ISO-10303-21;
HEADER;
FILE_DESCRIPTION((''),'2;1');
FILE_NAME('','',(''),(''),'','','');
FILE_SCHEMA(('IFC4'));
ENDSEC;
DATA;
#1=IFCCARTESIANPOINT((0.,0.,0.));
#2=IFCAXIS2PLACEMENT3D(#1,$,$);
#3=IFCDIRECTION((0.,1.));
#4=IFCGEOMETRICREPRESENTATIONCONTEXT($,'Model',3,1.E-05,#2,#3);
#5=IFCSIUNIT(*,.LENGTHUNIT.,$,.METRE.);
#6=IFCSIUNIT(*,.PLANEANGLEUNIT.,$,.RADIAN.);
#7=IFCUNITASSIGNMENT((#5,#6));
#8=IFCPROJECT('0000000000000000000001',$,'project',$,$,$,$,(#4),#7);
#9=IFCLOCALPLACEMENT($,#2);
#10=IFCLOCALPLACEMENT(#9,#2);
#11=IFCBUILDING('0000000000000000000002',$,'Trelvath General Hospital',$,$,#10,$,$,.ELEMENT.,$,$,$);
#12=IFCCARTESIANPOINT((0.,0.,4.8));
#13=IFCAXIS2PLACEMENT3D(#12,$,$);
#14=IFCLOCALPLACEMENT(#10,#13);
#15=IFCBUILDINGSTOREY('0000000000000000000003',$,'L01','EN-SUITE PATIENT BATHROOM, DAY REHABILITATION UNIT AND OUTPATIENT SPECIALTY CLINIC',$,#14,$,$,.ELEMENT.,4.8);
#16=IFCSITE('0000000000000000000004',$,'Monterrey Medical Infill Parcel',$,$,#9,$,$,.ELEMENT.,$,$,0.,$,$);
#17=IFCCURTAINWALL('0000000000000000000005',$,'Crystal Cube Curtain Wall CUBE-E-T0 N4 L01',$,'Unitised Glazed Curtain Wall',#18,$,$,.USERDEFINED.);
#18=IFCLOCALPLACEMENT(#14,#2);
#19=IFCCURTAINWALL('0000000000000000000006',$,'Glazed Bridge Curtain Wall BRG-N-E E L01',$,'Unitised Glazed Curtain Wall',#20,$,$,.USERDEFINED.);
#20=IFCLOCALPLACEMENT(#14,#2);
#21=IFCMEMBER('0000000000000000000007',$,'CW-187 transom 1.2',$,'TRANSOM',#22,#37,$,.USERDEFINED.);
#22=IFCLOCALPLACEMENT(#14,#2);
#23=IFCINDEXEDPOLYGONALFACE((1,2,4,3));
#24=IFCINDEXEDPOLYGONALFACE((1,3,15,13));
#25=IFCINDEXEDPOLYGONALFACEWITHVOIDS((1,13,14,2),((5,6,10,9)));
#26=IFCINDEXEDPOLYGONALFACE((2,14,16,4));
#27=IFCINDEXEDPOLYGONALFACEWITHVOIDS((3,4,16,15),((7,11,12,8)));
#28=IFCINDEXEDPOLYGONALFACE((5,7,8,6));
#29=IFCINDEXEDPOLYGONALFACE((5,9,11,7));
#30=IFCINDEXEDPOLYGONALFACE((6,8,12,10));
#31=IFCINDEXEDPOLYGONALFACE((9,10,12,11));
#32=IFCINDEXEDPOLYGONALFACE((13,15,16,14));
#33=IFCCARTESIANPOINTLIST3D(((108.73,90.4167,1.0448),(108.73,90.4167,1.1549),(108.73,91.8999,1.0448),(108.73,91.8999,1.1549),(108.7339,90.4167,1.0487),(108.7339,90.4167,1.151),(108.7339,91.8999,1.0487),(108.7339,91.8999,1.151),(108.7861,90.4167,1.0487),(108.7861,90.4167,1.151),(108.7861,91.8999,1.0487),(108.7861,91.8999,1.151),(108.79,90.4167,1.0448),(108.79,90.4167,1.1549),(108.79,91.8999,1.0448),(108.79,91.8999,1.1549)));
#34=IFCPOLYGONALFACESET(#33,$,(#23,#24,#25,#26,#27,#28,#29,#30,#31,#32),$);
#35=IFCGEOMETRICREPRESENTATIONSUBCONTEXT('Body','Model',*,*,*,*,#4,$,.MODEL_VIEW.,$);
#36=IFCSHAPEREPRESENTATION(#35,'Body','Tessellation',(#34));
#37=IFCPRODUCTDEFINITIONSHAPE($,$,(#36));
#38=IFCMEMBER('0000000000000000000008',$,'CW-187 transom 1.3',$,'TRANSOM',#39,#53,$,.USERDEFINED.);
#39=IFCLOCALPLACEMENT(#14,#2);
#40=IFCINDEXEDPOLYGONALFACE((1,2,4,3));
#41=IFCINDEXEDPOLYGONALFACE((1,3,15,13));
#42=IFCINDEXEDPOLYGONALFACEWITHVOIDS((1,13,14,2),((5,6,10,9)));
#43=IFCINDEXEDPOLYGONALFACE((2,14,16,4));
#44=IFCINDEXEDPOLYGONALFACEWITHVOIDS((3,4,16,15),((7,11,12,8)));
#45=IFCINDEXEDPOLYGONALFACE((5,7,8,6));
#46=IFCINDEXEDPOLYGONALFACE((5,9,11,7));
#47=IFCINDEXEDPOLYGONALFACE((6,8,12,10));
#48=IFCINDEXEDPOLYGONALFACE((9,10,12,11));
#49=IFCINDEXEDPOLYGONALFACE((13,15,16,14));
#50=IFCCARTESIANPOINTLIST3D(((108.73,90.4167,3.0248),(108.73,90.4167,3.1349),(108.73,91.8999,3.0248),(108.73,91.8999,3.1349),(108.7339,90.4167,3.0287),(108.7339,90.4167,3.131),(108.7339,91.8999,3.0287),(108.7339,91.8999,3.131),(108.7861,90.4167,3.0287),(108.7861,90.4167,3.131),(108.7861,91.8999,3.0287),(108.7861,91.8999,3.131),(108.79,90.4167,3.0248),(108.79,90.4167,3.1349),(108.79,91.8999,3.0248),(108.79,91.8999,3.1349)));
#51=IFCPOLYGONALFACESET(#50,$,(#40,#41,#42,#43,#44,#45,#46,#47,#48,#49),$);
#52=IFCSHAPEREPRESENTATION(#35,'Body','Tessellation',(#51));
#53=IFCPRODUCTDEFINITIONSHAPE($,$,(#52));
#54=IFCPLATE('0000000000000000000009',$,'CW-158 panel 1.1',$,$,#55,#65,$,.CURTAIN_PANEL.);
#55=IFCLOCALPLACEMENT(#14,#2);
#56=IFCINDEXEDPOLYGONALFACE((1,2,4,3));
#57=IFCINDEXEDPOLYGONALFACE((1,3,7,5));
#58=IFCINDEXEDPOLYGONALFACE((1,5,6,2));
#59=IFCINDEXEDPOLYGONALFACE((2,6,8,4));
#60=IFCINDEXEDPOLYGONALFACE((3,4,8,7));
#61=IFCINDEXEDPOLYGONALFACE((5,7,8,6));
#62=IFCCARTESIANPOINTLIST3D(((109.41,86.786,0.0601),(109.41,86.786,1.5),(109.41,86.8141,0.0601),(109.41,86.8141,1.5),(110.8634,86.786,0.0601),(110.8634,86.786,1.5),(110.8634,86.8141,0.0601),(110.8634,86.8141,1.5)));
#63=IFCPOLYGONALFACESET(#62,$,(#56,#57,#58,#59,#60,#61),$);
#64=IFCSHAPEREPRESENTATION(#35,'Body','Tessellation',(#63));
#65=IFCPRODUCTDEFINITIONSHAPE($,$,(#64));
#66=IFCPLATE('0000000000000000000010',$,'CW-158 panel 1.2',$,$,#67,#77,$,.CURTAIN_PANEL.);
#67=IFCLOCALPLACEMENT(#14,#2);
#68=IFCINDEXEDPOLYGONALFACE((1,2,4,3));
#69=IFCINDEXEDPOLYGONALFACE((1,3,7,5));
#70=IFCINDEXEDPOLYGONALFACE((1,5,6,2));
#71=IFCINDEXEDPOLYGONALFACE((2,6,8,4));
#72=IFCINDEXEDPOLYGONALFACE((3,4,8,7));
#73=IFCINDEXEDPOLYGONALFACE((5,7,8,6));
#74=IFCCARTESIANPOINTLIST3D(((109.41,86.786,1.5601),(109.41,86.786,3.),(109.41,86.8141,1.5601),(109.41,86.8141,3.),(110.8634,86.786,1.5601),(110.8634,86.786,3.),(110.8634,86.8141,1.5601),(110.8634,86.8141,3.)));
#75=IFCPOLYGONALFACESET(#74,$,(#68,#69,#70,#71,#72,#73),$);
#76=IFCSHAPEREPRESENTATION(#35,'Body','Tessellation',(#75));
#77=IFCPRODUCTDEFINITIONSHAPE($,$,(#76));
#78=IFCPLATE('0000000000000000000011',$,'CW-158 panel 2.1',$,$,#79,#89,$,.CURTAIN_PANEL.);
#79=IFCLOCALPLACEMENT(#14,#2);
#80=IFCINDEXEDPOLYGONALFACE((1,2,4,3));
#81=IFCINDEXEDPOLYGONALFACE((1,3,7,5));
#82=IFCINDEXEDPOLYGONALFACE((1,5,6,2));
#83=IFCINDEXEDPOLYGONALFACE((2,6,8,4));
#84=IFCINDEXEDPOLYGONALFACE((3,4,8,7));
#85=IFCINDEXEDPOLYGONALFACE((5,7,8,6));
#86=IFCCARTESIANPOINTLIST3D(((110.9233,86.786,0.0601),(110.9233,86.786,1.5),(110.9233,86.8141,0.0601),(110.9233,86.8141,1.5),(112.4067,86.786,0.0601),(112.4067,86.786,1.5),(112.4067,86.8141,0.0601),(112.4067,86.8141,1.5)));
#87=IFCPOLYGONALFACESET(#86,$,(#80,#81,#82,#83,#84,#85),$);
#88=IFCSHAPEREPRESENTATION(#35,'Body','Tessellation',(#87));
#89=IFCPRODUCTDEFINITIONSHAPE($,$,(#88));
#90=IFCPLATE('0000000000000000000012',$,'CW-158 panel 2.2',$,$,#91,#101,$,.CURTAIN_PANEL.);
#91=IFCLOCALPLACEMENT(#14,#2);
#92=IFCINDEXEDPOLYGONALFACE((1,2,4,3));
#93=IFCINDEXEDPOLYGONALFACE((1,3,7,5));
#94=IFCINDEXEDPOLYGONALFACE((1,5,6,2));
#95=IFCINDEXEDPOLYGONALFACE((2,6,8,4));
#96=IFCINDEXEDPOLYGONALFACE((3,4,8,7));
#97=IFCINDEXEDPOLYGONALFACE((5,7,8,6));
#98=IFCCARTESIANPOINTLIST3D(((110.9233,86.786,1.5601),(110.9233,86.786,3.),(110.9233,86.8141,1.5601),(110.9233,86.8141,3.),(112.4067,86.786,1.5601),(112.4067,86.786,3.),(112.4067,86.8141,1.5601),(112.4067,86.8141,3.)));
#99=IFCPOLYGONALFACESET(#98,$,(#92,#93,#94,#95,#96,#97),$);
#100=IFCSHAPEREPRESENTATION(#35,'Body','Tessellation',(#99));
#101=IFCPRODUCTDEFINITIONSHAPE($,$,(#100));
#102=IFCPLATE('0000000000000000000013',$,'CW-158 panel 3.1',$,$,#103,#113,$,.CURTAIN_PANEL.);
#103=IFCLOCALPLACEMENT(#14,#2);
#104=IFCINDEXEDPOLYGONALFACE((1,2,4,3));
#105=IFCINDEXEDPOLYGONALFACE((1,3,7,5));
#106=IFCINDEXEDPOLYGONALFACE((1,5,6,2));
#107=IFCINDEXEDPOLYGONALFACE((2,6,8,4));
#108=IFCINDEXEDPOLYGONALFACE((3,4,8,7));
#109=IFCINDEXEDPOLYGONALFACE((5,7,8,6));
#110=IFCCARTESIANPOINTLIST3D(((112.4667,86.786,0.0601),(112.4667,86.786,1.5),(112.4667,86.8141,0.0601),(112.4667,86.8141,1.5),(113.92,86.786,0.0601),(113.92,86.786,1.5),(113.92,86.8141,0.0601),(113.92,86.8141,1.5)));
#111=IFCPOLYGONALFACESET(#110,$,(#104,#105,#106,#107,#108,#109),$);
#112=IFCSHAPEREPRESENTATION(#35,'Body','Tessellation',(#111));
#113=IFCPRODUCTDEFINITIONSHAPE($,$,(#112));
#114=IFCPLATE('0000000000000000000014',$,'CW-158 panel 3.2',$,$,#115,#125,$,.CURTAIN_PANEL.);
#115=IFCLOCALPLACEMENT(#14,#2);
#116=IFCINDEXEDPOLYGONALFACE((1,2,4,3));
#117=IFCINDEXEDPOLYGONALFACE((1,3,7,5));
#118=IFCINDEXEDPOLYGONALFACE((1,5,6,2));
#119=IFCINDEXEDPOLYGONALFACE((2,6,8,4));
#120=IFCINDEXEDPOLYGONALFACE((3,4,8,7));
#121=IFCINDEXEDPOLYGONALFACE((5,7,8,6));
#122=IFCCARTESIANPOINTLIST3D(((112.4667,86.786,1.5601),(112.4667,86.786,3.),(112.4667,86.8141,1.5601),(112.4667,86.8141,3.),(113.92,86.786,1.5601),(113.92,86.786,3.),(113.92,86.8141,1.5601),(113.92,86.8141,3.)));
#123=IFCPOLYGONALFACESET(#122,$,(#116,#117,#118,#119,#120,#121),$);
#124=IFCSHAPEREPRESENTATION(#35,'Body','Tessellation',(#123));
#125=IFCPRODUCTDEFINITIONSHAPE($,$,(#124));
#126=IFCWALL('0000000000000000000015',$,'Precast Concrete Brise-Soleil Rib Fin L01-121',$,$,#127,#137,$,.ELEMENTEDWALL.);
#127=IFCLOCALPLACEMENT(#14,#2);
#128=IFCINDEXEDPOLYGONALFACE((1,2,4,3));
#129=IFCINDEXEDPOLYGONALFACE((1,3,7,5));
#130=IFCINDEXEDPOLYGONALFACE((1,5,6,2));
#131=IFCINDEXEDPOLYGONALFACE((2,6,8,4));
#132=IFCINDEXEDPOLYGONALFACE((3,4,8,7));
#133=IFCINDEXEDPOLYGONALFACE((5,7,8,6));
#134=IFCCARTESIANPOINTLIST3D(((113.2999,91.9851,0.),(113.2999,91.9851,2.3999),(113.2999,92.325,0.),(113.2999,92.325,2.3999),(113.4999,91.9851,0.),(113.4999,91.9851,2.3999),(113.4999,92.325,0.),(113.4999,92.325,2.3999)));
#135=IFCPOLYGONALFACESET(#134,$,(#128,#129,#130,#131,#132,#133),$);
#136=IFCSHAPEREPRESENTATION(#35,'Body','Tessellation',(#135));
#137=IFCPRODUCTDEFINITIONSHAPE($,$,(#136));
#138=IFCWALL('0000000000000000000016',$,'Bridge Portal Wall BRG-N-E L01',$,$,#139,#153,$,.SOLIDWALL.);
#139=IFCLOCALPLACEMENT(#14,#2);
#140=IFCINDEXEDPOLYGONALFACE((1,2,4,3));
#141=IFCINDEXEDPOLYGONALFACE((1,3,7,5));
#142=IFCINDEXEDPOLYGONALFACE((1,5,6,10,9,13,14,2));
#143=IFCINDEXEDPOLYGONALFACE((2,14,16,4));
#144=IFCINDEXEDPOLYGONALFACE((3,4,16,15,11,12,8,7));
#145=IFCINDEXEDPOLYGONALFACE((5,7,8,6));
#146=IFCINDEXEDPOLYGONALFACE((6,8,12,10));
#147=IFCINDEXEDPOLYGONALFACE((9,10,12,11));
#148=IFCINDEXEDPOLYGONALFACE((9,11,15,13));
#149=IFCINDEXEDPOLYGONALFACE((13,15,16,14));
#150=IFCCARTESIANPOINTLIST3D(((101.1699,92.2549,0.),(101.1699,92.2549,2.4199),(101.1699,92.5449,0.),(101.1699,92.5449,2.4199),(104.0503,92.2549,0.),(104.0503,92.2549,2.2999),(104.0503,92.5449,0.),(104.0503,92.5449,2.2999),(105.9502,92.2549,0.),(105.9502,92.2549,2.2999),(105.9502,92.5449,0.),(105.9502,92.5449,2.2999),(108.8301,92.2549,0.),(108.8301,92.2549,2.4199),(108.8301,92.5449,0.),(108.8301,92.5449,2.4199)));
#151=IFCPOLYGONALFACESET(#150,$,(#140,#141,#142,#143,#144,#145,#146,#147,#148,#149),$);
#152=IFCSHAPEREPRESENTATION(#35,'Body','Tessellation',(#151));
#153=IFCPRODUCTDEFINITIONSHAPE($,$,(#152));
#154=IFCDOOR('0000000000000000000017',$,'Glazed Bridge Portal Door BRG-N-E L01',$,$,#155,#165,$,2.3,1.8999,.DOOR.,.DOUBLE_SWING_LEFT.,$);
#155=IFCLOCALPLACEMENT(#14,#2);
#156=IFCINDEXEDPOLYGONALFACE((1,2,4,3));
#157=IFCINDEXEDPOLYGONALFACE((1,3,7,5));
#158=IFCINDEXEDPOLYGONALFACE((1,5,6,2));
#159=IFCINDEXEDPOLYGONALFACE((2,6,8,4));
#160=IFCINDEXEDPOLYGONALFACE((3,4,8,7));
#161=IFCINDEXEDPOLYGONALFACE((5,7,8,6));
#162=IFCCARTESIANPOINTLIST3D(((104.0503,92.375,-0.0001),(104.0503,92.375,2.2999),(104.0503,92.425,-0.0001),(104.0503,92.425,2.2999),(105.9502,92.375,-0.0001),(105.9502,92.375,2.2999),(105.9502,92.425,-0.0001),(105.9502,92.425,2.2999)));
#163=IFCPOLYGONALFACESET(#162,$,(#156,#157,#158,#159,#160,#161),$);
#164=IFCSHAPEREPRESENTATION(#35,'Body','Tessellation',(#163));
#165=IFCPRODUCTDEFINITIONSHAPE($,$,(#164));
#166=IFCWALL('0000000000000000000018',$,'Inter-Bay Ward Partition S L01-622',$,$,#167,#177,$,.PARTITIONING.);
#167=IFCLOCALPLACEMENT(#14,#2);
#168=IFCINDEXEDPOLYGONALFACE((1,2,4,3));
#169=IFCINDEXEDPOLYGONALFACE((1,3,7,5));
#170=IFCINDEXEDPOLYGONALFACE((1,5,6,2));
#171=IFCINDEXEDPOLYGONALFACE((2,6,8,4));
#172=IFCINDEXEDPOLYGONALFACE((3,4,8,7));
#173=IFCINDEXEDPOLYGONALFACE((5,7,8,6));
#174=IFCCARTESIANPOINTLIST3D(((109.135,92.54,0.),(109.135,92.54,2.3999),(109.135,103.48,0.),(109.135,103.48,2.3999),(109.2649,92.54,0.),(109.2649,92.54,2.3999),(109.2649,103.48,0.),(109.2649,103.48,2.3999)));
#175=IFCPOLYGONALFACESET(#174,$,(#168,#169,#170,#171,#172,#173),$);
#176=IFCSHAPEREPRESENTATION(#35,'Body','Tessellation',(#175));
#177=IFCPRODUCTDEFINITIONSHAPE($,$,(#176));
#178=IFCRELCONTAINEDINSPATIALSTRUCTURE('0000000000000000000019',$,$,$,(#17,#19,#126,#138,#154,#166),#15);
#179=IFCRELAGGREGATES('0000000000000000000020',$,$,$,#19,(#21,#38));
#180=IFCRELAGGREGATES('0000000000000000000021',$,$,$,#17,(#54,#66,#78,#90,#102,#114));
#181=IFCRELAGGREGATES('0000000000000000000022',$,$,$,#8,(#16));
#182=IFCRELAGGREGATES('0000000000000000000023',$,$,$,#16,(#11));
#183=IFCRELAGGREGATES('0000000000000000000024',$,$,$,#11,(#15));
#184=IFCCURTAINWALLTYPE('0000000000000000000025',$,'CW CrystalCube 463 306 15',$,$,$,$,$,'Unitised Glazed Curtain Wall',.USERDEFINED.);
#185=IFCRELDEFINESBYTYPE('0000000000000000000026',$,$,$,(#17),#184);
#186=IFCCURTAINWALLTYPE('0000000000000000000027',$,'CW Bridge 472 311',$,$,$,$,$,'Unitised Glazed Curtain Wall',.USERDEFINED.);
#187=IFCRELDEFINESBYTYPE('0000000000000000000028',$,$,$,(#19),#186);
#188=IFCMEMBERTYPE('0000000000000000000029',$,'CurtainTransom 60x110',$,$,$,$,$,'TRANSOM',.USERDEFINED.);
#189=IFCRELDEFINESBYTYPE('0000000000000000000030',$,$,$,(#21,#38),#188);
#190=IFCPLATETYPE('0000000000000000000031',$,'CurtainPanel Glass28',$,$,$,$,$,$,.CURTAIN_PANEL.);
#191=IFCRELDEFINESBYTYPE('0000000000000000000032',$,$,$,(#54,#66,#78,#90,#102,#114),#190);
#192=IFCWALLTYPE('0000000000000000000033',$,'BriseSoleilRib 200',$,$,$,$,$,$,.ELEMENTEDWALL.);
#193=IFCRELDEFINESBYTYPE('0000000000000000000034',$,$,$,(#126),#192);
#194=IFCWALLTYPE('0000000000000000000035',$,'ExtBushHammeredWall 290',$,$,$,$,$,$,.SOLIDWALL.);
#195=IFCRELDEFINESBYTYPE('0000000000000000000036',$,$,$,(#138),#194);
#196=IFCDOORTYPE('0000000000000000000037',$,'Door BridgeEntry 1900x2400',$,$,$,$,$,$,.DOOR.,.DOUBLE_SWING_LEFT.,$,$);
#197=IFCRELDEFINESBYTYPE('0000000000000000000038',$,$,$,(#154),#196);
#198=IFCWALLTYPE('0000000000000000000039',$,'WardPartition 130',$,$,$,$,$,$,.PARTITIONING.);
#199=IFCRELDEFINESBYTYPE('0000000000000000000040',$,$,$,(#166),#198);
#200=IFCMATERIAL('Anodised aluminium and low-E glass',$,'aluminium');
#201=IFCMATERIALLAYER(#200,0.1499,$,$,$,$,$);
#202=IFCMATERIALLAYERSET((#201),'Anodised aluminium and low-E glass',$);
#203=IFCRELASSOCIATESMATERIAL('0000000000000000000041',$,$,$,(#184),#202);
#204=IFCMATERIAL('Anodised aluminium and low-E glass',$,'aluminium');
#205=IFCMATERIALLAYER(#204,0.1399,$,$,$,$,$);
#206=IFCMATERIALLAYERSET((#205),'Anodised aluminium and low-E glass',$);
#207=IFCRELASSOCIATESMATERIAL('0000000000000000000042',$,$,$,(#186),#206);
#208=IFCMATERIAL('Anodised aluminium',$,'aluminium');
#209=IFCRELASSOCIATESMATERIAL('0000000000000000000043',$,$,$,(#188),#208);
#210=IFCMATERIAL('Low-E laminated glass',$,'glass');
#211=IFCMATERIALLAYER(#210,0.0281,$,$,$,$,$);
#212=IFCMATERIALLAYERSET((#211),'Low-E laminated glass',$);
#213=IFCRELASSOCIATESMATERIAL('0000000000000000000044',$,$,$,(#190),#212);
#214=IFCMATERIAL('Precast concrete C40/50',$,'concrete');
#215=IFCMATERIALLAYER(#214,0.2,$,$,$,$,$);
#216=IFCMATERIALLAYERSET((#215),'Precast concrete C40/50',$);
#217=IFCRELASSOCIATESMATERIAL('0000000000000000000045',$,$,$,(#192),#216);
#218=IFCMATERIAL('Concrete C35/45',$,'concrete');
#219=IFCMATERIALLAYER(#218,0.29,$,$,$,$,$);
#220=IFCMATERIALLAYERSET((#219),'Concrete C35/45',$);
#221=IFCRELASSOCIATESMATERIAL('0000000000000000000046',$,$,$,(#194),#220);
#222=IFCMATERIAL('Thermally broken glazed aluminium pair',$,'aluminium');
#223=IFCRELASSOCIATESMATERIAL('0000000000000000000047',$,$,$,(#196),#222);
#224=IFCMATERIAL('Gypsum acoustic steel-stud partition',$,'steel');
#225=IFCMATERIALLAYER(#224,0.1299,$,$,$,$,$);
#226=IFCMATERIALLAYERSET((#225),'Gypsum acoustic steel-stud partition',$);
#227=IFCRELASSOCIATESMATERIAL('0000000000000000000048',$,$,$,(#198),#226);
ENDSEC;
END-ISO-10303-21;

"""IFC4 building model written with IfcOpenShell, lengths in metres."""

from ifc_helpers import new_model, si_unit, direction, frame, frame_2d, origin, origin_2d, place, context, subcontext, project, spatial, rectangle, hollow_rectangle, extrude, material, layer, layer_set, material_profile, profile_set, type_object, element, fill, aggregate, save


model = new_model("IFC4")

# Units and contexts
model_context = context("Model", 3, precision=1e-05, world=origin(), true_north=direction((0.0, 1.0)))
body_context = subcontext(model_context, "Body", "Model", "MODEL_VIEW")
ifc_project = project(units=[si_unit("LENGTHUNIT", "METRE"), si_unit("PLANEANGLEUNIT", "RADIAN")], contexts=[model_context])

# Site, building, storey
site_placement = place(None, origin())
site = spatial("IfcSite", under=ifc_project, at=site_placement, Name="Monterrey Medical Infill Parcel", CompositionType="ELEMENT", RefElevation=0.0)
building_placement = place(site_placement, origin())
building = spatial("IfcBuilding", under=site, at=building_placement, Name="Trelvath General Hospital", CompositionType="ELEMENT")
storey_placement = place(building_placement, frame((0.0, 0.0, 4.8)))
storey = spatial("IfcBuildingStorey", under=building, at=storey_placement, Name="L01", Description="EN-SUITE PATIENT BATHROOM, DAY REHABILITATION UNIT AND OUTPATIENT SPECIALTY CLINIC", CompositionType="ELEMENT", Elevation=4.8)

# Curtain wall
ifc_material_1 = material(Name="Anodised aluminium and low-E glass", Category="aluminium")
ifc_layer_1 = layer(ifc_material_1, 0.1499)
ifc_layer_set_1 = layer_set([ifc_layer_1], Name="Anodised aluminium and low-E glass")
curtain_wall_type_1 = type_object("IfcCurtainWallType", Name="CW CrystalCube 463 306 15", ElementType="Unitised Glazed Curtain Wall", PredefinedType="USERDEFINED", material=ifc_layer_set_1)
curtain_wall_1_placement = place(storey_placement, origin())
curtain_wall_1 = element("IfcCurtainWall", 1, at=curtain_wall_1_placement, inside=storey, type_object=curtain_wall_type_1, Name="Crystal Cube Curtain Wall CUBE-E-T0 N4 L01", ObjectType="Unitised Glazed Curtain Wall", PredefinedType="USERDEFINED")

# Curtain wall
ifc_material_2 = material(Name="Anodised aluminium and low-E glass", Category="aluminium")
ifc_layer_2 = layer(ifc_material_2, 0.1399)
ifc_layer_set_2 = layer_set([ifc_layer_2], Name="Anodised aluminium and low-E glass")
curtain_wall_type_2 = type_object("IfcCurtainWallType", Name="CW Bridge 472 311", ElementType="Unitised Glazed Curtain Wall", PredefinedType="USERDEFINED", material=ifc_layer_set_2)
curtain_wall_2_placement = place(storey_placement, origin())
curtain_wall_2 = element("IfcCurtainWall", 2, at=curtain_wall_2_placement, inside=storey, type_object=curtain_wall_type_2, Name="Glazed Bridge Curtain Wall BRG-N-E E L01", ObjectType="Unitised Glazed Curtain Wall", PredefinedType="USERDEFINED")

# Members
ifc_material_3 = material(Name="Anodised aluminium", Category="aluminium")
ifc_material_profile_1 = material_profile(ifc_material_3, hollow_rectangle(XDim=0.0601, YDim=0.1101, WallThickness=0.0039, at=origin_2d()), Name="RHS60x110x4")
ifc_profile_set_1 = profile_set([ifc_material_profile_1], Name="Anodised aluminium")
member_type_1 = type_object("IfcMemberType", Name="CurtainTransom 60x110", ElementType="TRANSOM", PredefinedType="USERDEFINED", material=ifc_profile_set_1)
member_1_placement = place(storey_placement, frame((108.76, 91.8999, 1.0999), z_axis=(0.0, -1.0, 0.0), x_axis=(1.0, 0.0, 0.0)))
member_1 = element("IfcMember", 3, at=member_1_placement, type_object=member_type_1, Name="CW-187 transom 1.2", ObjectType="TRANSOM", PredefinedType="USERDEFINED", context=body_context, shape_type="SweptSolid", body=[
    extrude(hollow_rectangle(XDim=0.0601, YDim=0.1101, WallThickness=0.0039, at=origin_2d()), origin(), (0.0, 0.0, 1.0), 1.4832),
])
member_2_placement = place(storey_placement, frame((108.76, 91.8999, 3.0798), z_axis=(0.0, -1.0, 0.0), x_axis=(1.0, 0.0, 0.0)))
member_2 = element("IfcMember", 4, at=member_2_placement, type_object=member_type_1, Name="CW-187 transom 1.3", ObjectType="TRANSOM", PredefinedType="USERDEFINED", context=body_context, shape_type="SweptSolid", body=[
    extrude(hollow_rectangle(XDim=0.0601, YDim=0.1101, WallThickness=0.0039, at=origin_2d()), origin(), (0.0, 0.0, 1.0), 1.4832),
])
aggregate(curtain_wall_2, [member_1, member_2])

# Plates
ifc_material_4 = material(Name="Low-E laminated glass", Category="glass")
ifc_layer_3 = layer(ifc_material_4, 0.0281)
ifc_layer_set_3 = layer_set([ifc_layer_3], Name="Low-E laminated glass")
plate_type = type_object("IfcPlateType", Name="CurtainPanel Glass28", PredefinedType="CURTAIN_PANEL", material=ifc_layer_set_3)
plate_1_placement = place(storey_placement, frame((110.1367, 86.8, 0.0601), z_axis=(0.0, 0.0, 1.0), x_axis=(1.0, 0.0, 0.0)))
plate_1 = element("IfcPlate", 5, at=plate_1_placement, type_object=plate_type, Name="CW-158 panel 1.1", PredefinedType="CURTAIN_PANEL", context=body_context, shape_type="SweptSolid", body=[
    extrude(rectangle(XDim=1.4534, YDim=0.0281, at=origin_2d()), origin(), (0.0, 0.0, 1.0), 1.4399),
])
plate_2_placement = place(storey_placement, frame((110.1367, 86.8, 1.5601), z_axis=(0.0, 0.0, 1.0), x_axis=(1.0, 0.0, 0.0)))
plate_2 = element("IfcPlate", 6, at=plate_2_placement, type_object=plate_type, Name="CW-158 panel 1.2", PredefinedType="CURTAIN_PANEL", context=body_context, shape_type="SweptSolid", body=[
    extrude(rectangle(XDim=1.4534, YDim=0.0281, at=origin_2d()), origin(), (0.0, 0.0, 1.0), 1.4399),
])
plate_3_placement = place(storey_placement, frame((111.665, 86.8, 0.0601), z_axis=(0.0, 0.0, 1.0), x_axis=(1.0, 0.0, 0.0)))
plate_3 = element("IfcPlate", 7, at=plate_3_placement, type_object=plate_type, Name="CW-158 panel 2.1", PredefinedType="CURTAIN_PANEL", context=body_context, shape_type="SweptSolid", body=[
    extrude(rectangle(XDim=1.4834, YDim=0.0281, at=origin_2d()), origin(), (0.0, 0.0, 1.0), 1.4399),
])
plate_4_placement = place(storey_placement, frame((111.665, 86.8, 1.5601), z_axis=(0.0, 0.0, 1.0), x_axis=(1.0, 0.0, 0.0)))
plate_4 = element("IfcPlate", 8, at=plate_4_placement, type_object=plate_type, Name="CW-158 panel 2.2", PredefinedType="CURTAIN_PANEL", context=body_context, shape_type="SweptSolid", body=[
    extrude(rectangle(XDim=1.4834, YDim=0.0281, at=origin_2d()), origin(), (0.0, 0.0, 1.0), 1.4399),
])
plate_5_placement = place(storey_placement, frame((113.1934, 86.8, 0.0601), z_axis=(0.0, 0.0, 1.0), x_axis=(1.0, 0.0, 0.0)))
plate_5 = element("IfcPlate", 9, at=plate_5_placement, type_object=plate_type, Name="CW-158 panel 3.1", PredefinedType="CURTAIN_PANEL", context=body_context, shape_type="SweptSolid", body=[
    extrude(rectangle(XDim=1.4534, YDim=0.0281, at=origin_2d()), origin(), (0.0, 0.0, 1.0), 1.4399),
])
plate_6_placement = place(storey_placement, frame((113.1934, 86.8, 1.5601), z_axis=(0.0, 0.0, 1.0), x_axis=(1.0, 0.0, 0.0)))
plate_6 = element("IfcPlate", 10, at=plate_6_placement, type_object=plate_type, Name="CW-158 panel 3.2", PredefinedType="CURTAIN_PANEL", context=body_context, shape_type="SweptSolid", body=[
    extrude(rectangle(XDim=1.4534, YDim=0.0281, at=origin_2d()), origin(), (0.0, 0.0, 1.0), 1.4399),
])
aggregate(curtain_wall_1, [plate_1, plate_2, plate_3, plate_4, plate_5, plate_6])

# Wall
ifc_material_5 = material(Name="Precast concrete C40/50", Category="concrete")
ifc_layer_4 = layer(ifc_material_5, 0.2)
ifc_layer_set_4 = layer_set([ifc_layer_4], Name="Precast concrete C40/50")
wall_type_1 = type_object("IfcWallType", Name="BriseSoleilRib 200", PredefinedType="ELEMENTEDWALL", material=ifc_layer_set_4)
wall_1_placement = place(storey_placement, frame((113.3999, 92.325, 0.0), z_axis=(0.0, 0.0, 1.0), x_axis=(0.0, -1.0, 0.0)))
element("IfcWall", 11, at=wall_1_placement, inside=storey, type_object=wall_type_1, Name="Precast Concrete Brise-Soleil Rib Fin L01-121", PredefinedType="ELEMENTEDWALL", context=body_context, shape_type="SweptSolid", body=[
    extrude(rectangle(XDim=0.3398, YDim=0.2, at=frame_2d((0.1699, 0.0))), origin(), (0.0, 0.0, 1.0), 2.3999),
])

# Wall, opening, door
ifc_material_6 = material(Name="Concrete C35/45", Category="concrete")
ifc_layer_5 = layer(ifc_material_6, 0.29)
ifc_layer_set_5 = layer_set([ifc_layer_5], Name="Concrete C35/45")
wall_type_2 = type_object("IfcWallType", Name="ExtBushHammeredWall 290", PredefinedType="SOLIDWALL", material=ifc_layer_set_5)
wall_2_placement = place(storey_placement, frame((108.8301, 92.3999, 0.0), z_axis=(0.0, 0.0, 1.0), x_axis=(-1.0, 0.0, 0.0)))
wall_2 = element("IfcWall", 12, at=wall_2_placement, inside=storey, type_object=wall_type_2, Name="Bridge Portal Wall BRG-N-E L01", PredefinedType="SOLIDWALL", context=body_context, shape_type="SweptSolid", body=[
    extrude(rectangle(XDim=7.6602, YDim=0.29, at=frame_2d((3.8301, 0.0))), origin(), (0.0, 0.0, 1.0), 2.4199),
])
opening_placement = place(wall_2_placement, frame((2.8799, 0.0, 0.0)))
opening = element("IfcOpeningElement", 13, at=opening_placement, cuts=wall_2, PredefinedType="OPENING", context=body_context, shape_type="SweptSolid", body=[
    extrude(rectangle(XDim=1.8999, YDim=2.3, at=frame_2d((0.95, 1.1499))), frame((0.0, 0.155, 0.0), z_axis=(0.0, -1.0, 0.0), x_axis=(1.0, 0.0, 0.0)), (0.0, 0.0, 1.0), 0.3101),
])
ifc_material_7 = material(Name="Thermally broken glazed aluminium pair", Category="aluminium")
door_type = type_object("IfcDoorType", Name="Door BridgeEntry 1900x2400", OperationType="DOUBLE_SWING_LEFT", PredefinedType="DOOR", material=ifc_material_7)
door_placement = place(opening_placement, origin())
door = element("IfcDoor", 14, at=door_placement, inside=storey, type_object=door_type, Name="Glazed Bridge Portal Door BRG-N-E L01", OperationType="DOUBLE_SWING_LEFT", OverallHeight=2.3, OverallWidth=1.8999, PredefinedType="DOOR", context=body_context, shape_type="SweptSolid", body=[
    extrude(rectangle(XDim=1.8999, YDim=2.3, at=frame_2d((0.95, 1.1499))), frame((0.0, 0.0249, 0.0), z_axis=(0.0, -1.0, 0.0), x_axis=(1.0, 0.0, 0.0)), (0.0, 0.0, 1.0), 0.05),
])
fill(opening, door)

# Wall
ifc_material_8 = material(Name="Gypsum acoustic steel-stud partition", Category="steel")
ifc_layer_6 = layer(ifc_material_8, 0.1299)
ifc_layer_set_6 = layer_set([ifc_layer_6], Name="Gypsum acoustic steel-stud partition")
wall_type_3 = type_object("IfcWallType", Name="WardPartition 130", PredefinedType="PARTITIONING", material=ifc_layer_set_6)
wall_3_placement = place(storey_placement, frame((109.2, 92.54, 0.0), z_axis=(0.0, 0.0, 1.0), x_axis=(0.0, 1.0, 0.0)))
element("IfcWall", 15, at=wall_3_placement, inside=storey, type_object=wall_type_3, Name="Inter-Bay Ward Partition S L01-622", PredefinedType="PARTITIONING", context=body_context, shape_type="SweptSolid", body=[
    extrude(rectangle(XDim=10.9399, YDim=0.1299, at=frame_2d((5.47, 0.0))), origin(), (0.0, 0.0, 1.0), 2.3999),
])

save(model, "model.ifc")
